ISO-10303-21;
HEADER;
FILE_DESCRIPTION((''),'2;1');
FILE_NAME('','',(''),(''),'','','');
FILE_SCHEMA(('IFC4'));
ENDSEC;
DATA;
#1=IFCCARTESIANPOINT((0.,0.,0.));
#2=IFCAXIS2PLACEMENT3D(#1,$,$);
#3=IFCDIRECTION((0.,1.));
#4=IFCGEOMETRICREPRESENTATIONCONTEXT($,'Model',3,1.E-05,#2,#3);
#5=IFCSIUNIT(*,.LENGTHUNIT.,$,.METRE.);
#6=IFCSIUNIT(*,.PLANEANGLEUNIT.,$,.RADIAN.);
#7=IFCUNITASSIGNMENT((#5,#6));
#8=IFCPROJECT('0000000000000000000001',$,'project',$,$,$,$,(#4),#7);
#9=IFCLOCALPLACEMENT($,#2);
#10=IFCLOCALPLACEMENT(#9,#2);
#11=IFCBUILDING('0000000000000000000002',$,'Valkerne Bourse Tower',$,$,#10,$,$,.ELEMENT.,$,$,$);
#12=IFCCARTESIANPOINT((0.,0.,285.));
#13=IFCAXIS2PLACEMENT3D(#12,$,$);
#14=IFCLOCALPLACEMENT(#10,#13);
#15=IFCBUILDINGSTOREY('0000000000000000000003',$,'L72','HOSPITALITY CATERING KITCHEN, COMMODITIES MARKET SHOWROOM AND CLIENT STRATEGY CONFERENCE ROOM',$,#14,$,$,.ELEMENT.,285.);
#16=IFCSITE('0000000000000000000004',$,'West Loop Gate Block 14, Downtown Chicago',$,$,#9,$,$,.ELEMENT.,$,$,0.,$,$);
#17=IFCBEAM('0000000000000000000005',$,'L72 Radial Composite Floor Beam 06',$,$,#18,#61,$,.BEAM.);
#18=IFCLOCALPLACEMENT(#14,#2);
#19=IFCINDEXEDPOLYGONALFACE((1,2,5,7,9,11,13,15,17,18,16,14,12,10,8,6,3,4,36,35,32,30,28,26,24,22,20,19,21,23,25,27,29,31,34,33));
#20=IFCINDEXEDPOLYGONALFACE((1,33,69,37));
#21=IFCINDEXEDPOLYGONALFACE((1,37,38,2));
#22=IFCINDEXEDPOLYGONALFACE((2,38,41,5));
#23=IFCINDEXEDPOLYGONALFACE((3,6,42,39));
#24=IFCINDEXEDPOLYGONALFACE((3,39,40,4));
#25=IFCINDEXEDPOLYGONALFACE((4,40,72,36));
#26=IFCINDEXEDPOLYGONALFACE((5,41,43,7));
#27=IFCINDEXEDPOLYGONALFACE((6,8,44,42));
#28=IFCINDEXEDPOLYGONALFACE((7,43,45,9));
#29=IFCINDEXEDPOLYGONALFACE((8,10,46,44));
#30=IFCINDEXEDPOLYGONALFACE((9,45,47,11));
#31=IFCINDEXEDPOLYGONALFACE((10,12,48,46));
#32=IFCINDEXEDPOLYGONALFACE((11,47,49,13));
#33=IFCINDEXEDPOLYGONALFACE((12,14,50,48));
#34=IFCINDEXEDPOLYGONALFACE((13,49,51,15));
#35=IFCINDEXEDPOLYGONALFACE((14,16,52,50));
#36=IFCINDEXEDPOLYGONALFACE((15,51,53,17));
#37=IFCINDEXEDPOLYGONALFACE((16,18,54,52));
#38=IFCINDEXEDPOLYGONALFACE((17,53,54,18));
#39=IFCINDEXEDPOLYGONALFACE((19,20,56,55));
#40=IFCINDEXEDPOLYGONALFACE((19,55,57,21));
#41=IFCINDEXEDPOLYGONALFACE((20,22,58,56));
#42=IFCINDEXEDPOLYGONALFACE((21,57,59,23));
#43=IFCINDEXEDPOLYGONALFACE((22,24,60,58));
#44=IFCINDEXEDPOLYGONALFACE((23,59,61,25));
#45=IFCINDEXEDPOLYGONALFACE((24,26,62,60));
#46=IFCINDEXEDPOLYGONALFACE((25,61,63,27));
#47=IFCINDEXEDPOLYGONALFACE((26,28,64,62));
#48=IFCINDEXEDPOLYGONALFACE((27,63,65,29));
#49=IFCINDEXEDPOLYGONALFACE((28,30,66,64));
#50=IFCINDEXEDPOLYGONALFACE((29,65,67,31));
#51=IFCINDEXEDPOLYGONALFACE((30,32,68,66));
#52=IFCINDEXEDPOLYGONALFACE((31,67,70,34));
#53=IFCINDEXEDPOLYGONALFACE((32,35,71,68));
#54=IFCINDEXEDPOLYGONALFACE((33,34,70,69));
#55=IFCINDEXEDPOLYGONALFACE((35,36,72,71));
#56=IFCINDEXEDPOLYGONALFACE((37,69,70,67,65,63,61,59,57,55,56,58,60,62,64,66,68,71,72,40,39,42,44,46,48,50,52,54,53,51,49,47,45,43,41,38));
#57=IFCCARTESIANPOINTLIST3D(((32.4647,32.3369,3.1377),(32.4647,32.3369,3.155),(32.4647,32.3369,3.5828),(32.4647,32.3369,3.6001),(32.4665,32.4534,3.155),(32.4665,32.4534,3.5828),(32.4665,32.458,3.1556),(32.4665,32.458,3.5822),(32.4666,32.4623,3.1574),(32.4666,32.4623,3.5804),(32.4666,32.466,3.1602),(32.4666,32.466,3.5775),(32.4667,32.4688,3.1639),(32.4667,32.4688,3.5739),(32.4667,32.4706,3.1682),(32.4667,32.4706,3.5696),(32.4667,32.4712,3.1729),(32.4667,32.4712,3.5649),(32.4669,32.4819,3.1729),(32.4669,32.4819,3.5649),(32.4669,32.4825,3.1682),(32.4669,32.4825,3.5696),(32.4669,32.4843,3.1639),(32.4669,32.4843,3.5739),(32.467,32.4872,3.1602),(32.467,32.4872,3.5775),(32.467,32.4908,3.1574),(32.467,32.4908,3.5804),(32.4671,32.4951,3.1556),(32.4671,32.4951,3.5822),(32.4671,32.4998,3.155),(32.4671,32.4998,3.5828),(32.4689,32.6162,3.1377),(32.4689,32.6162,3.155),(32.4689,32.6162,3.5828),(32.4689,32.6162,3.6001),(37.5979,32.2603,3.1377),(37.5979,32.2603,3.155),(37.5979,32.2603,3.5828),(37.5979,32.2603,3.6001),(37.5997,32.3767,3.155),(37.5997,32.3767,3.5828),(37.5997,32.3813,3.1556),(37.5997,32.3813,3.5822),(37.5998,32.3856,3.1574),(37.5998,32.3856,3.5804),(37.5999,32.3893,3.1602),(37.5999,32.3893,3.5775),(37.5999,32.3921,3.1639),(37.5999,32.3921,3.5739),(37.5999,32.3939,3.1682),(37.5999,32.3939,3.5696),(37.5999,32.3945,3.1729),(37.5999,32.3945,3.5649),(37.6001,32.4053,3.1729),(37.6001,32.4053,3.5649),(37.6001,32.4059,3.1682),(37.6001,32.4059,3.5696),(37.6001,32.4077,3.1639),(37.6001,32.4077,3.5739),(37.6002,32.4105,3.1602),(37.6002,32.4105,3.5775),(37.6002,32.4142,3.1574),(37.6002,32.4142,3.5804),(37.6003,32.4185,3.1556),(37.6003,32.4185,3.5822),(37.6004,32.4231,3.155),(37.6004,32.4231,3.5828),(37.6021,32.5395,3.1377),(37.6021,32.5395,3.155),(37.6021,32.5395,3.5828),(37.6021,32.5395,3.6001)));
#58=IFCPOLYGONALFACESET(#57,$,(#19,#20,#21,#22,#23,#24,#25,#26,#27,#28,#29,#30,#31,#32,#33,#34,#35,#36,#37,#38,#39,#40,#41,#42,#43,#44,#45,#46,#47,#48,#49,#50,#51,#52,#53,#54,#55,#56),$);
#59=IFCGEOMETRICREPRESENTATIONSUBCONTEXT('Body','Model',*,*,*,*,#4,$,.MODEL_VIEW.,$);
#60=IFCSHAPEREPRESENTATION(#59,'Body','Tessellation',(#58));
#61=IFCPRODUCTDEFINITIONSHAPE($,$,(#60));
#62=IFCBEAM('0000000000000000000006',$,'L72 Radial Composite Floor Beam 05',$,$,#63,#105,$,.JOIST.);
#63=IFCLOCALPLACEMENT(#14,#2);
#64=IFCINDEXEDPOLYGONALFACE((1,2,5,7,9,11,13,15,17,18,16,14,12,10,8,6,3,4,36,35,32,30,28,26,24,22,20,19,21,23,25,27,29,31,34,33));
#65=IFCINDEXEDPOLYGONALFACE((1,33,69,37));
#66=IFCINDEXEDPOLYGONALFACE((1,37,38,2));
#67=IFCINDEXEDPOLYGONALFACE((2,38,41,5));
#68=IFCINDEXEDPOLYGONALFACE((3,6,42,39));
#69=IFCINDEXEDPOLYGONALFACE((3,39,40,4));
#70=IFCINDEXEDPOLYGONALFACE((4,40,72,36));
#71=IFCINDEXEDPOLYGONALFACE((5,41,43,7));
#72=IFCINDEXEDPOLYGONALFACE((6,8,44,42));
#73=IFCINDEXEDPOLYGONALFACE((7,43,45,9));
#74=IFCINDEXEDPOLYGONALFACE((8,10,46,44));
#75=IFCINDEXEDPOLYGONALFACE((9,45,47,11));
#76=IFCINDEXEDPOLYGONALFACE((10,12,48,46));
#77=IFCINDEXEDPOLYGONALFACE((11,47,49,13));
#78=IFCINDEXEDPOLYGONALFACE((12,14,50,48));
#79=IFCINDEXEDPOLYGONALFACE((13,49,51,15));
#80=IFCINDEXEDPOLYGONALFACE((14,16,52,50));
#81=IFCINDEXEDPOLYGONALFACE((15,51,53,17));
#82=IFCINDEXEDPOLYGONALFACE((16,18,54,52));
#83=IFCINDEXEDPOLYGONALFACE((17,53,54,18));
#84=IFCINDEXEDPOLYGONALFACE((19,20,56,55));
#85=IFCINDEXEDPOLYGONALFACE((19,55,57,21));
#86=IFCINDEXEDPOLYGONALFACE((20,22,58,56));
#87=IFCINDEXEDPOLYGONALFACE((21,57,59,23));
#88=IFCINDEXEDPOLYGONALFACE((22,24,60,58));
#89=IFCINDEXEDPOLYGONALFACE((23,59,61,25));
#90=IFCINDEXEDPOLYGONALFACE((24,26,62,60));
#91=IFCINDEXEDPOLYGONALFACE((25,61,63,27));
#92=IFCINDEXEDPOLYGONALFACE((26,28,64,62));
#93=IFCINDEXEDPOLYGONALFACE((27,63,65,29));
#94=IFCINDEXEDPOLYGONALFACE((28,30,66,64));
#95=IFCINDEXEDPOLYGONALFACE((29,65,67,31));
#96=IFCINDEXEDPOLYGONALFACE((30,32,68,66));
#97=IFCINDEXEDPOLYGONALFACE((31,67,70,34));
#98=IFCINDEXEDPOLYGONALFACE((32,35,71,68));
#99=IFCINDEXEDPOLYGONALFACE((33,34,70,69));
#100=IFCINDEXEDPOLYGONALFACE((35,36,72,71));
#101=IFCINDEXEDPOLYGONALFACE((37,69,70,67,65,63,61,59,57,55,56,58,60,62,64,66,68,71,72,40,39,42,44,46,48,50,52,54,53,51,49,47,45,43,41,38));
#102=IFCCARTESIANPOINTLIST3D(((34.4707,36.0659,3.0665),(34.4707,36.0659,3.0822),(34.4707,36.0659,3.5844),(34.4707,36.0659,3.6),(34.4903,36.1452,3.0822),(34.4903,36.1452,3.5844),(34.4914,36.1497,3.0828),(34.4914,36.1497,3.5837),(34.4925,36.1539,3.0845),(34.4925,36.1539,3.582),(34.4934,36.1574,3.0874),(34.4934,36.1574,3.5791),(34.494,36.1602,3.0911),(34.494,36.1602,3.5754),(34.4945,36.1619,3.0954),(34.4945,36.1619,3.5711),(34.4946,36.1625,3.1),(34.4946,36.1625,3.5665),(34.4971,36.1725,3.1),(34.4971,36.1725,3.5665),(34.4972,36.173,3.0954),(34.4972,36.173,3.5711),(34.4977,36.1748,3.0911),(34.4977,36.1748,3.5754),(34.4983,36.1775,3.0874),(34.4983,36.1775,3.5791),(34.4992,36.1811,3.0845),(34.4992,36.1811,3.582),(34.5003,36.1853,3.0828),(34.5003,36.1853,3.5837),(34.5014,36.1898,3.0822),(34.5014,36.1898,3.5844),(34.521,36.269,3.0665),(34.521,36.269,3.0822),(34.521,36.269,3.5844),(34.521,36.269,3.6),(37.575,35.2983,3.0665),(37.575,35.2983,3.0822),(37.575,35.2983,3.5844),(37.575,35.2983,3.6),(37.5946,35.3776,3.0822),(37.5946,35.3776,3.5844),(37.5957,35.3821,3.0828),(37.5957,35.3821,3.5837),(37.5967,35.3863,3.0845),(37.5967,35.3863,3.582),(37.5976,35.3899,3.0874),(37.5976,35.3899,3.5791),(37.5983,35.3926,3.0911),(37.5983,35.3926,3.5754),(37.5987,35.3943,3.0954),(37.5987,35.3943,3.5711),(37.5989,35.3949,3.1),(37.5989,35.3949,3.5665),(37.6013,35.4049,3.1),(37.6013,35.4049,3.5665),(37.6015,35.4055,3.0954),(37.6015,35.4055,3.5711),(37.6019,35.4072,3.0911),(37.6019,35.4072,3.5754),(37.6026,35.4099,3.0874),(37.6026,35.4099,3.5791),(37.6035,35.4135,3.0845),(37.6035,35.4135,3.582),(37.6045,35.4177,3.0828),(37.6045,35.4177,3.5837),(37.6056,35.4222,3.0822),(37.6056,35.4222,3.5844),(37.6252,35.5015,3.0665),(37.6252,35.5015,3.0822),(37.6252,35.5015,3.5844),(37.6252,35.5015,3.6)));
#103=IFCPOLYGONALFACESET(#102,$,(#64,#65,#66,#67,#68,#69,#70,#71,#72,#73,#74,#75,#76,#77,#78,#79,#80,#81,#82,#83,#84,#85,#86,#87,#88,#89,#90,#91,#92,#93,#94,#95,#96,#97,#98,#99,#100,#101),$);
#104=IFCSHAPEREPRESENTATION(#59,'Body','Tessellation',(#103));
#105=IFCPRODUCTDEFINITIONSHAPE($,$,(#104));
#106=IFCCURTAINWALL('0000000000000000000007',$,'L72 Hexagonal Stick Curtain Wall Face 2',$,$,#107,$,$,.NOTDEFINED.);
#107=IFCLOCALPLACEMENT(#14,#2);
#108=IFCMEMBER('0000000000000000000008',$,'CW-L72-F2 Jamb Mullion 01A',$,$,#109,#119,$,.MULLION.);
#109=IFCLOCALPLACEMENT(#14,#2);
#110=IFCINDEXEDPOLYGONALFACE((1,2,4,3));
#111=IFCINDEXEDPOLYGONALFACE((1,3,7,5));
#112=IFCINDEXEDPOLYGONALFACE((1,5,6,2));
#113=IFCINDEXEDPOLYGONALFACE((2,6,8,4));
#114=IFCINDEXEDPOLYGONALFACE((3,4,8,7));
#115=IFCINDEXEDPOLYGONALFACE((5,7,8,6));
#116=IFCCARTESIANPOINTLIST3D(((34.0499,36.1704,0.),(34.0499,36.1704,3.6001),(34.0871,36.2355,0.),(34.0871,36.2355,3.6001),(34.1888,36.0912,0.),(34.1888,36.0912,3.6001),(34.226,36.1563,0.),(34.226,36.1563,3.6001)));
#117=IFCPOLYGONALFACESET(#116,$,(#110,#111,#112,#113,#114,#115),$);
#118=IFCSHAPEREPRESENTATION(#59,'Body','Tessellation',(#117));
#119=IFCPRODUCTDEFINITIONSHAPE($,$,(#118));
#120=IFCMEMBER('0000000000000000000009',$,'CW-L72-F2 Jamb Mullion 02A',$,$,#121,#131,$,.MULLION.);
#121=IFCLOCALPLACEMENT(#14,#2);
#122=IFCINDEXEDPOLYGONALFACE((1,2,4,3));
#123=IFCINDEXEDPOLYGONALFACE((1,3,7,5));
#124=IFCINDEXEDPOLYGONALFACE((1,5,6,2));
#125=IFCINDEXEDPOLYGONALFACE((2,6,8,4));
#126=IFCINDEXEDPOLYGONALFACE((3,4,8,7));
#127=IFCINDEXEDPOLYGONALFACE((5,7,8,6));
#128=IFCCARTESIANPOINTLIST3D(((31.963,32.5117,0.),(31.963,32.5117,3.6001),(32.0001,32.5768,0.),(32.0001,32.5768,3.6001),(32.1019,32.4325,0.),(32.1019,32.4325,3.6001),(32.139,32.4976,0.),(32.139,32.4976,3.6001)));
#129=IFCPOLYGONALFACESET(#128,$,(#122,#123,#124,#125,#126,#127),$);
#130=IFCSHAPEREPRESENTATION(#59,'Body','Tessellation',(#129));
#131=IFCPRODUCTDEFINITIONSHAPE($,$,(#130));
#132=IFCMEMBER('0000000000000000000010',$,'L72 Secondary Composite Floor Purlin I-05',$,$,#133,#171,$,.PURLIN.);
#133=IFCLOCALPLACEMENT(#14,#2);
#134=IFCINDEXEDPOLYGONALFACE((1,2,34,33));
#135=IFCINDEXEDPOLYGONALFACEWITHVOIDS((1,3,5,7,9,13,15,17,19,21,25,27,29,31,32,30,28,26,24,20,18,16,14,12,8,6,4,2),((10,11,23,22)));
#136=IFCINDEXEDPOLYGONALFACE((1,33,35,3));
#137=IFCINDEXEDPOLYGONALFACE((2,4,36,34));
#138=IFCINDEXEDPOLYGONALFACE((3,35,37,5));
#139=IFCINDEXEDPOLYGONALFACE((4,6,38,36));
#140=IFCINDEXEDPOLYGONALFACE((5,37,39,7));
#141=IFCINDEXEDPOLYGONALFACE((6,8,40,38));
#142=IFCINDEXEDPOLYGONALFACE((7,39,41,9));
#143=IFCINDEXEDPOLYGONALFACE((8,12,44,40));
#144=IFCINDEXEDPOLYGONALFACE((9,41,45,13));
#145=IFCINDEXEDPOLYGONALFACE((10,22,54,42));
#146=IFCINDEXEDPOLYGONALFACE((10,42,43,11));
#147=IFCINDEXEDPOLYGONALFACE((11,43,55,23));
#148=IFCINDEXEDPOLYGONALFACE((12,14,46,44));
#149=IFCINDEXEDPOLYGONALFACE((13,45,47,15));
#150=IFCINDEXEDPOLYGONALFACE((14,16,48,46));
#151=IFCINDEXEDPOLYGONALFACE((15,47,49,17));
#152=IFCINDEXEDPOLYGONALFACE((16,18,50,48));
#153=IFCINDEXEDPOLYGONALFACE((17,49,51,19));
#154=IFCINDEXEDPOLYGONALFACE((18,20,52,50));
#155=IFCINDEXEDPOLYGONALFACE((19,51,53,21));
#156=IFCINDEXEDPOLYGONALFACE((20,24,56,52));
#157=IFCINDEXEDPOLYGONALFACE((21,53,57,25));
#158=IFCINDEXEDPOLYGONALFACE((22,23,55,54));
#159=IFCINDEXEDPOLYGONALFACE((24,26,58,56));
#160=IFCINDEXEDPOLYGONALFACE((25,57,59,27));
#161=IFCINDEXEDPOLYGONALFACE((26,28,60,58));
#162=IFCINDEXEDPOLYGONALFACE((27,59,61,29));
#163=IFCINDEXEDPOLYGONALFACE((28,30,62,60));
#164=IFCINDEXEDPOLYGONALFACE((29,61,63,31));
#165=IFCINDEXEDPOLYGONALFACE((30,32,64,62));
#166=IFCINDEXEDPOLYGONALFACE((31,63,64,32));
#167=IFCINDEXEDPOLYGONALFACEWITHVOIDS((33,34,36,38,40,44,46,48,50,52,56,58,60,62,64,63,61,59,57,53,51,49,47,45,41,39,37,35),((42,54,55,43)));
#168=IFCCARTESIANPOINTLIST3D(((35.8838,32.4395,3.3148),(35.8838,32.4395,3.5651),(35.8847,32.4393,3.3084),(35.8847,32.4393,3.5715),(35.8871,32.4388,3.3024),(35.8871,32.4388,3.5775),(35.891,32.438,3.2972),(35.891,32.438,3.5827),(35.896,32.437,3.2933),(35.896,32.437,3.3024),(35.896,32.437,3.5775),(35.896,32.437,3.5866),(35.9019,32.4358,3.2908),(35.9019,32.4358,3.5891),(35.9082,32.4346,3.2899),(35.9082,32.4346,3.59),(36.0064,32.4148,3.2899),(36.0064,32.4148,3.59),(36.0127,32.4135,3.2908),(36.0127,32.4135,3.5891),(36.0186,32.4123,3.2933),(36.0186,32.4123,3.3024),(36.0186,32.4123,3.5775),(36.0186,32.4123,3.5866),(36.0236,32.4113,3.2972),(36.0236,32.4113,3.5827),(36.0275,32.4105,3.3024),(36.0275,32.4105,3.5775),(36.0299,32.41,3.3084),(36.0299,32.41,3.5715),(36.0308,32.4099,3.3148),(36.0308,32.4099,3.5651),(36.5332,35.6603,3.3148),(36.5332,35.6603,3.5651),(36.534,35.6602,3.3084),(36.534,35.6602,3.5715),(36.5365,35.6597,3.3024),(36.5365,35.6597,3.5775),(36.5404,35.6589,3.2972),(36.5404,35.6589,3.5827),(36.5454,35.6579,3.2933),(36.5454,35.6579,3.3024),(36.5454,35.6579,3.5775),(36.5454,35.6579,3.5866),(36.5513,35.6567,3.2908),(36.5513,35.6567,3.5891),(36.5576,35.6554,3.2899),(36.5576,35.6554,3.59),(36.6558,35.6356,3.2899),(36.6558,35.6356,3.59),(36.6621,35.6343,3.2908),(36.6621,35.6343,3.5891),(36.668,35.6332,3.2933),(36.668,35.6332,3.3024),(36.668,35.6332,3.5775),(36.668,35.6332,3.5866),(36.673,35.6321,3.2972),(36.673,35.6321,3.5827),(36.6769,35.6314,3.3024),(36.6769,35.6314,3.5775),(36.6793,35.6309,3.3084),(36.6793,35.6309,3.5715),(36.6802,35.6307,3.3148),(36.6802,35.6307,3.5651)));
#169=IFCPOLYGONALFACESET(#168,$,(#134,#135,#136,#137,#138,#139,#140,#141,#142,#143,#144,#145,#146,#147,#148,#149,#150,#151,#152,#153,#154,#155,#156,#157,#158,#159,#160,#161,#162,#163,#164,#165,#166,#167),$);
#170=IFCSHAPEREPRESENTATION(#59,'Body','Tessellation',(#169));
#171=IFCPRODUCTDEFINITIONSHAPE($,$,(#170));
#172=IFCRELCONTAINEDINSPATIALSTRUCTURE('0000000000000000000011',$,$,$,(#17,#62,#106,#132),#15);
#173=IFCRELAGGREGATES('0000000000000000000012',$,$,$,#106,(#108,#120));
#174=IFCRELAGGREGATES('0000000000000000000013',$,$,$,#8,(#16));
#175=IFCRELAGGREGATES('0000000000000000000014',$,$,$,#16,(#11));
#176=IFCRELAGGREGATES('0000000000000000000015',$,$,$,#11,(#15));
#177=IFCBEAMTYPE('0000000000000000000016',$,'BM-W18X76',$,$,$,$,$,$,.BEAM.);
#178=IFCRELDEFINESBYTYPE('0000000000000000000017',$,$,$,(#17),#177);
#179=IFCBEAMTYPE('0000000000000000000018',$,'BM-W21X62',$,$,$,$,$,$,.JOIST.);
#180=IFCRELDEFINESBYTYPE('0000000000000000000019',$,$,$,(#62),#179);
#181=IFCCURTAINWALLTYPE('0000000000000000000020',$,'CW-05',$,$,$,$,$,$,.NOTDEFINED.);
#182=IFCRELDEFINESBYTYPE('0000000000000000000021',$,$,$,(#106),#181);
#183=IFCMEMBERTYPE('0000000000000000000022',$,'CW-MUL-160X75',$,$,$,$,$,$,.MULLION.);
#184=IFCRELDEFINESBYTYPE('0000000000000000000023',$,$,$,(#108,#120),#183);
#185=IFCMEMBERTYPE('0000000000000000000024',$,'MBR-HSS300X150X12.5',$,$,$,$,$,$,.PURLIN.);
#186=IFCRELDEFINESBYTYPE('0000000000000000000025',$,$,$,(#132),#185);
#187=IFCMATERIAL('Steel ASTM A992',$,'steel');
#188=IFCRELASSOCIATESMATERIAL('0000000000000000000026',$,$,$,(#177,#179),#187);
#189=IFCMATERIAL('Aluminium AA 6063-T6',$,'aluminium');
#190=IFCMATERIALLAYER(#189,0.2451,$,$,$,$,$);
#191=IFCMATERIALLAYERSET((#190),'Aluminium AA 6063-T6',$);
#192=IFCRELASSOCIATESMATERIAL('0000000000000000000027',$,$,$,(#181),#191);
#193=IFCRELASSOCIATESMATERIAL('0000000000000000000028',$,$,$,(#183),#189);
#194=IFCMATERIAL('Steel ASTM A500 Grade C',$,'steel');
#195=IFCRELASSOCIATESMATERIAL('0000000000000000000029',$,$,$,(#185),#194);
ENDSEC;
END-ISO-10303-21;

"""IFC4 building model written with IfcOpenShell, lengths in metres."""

from ifc_helpers import new_model, si_unit, direction, frame, origin, origin_2d, place, context, subcontext, project, spatial, rectangle, hollow_rectangle, i_section, extrude, material, layer, layer_set, material_profile, profile_set, type_object, element, aggregate, save


model = new_model("IFC4")

# Units and contexts
model_context = context("Model", 3, precision=1e-05, world=origin(), true_north=direction((0.0, 1.0)))
body_context = subcontext(model_context, "Body", "Model", "MODEL_VIEW")
ifc_project = project(units=[si_unit("LENGTHUNIT", "METRE"), si_unit("PLANEANGLEUNIT", "RADIAN")], contexts=[model_context])

# Site, building, storey
site_placement = place(None, origin())
site = spatial("IfcSite", under=ifc_project, at=site_placement, Name="West Loop Gate Block 14, Downtown Chicago", CompositionType="ELEMENT", RefElevation=0.0)
building_placement = place(site_placement, origin())
building = spatial("IfcBuilding", under=site, at=building_placement, Name="Valkerne Bourse Tower", CompositionType="ELEMENT")
storey_placement = place(building_placement, frame((0.0, 0.0, 285.0)))
storey = spatial("IfcBuildingStorey", under=building, at=storey_placement, Name="L72", Description="HOSPITALITY CATERING KITCHEN, COMMODITIES MARKET SHOWROOM AND CLIENT STRATEGY CONFERENCE ROOM", CompositionType="ELEMENT", Elevation=285.0)

# Beams
ifc_material_1 = material(Name="Steel ASTM A992", Category="steel")
ifc_material_profile_1 = material_profile(ifc_material_1, i_section(OverallWidth=0.2793, OverallDepth=0.4624, WebThickness=0.0107, FlangeThickness=0.0173, FilletRadius=0.0178, at=origin_2d()), Name="W18X76")
ifc_profile_set_1 = profile_set([ifc_material_profile_1], Name="Steel ASTM A992")
beam_type_1 = type_object("IfcBeamType", Name="BM-W18X76", PredefinedType="BEAM", material=ifc_profile_set_1)
beam_1_placement = place(storey_placement, frame((32.4668, 32.4766, 3.3689), z_axis=(0.999889, -0.014932, 0.0), x_axis=(0.014932, 0.999889, 0.0)))
element("IfcBeam", 1, at=beam_1_placement, inside=storey, type_object=beam_type_1, Name="L72 Radial Composite Floor Beam 06", PredefinedType="BEAM", context=body_context, shape_type="SweptSolid", body=[
    extrude(i_section(OverallWidth=0.2793, OverallDepth=0.4624, WebThickness=0.0107, FlangeThickness=0.0173, FilletRadius=0.0178, at=origin_2d()), origin(), (0.0, 0.0, 1.0), 5.1338),
])
ifc_material_profile_2 = material_profile(ifc_material_1, i_section(OverallWidth=0.2092, OverallDepth=0.5334, WebThickness=0.0103, FlangeThickness=0.0156, FilletRadius=0.0178, at=origin_2d()), Name="W21X62")
ifc_profile_set_2 = profile_set([ifc_material_profile_2], Name="Steel ASTM A992")
beam_type_2 = type_object("IfcBeamType", Name="BM-W21X62", PredefinedType="JOIST", material=ifc_profile_set_2)
beam_2_placement = place(storey_placement, frame((34.4958, 36.1675, 3.3333), z_axis=(0.970764, -0.240038, 0.0), x_axis=(0.240038, 0.970764, 0.0)))
element("IfcBeam", 2, at=beam_2_placement, inside=storey, type_object=beam_type_2, Name="L72 Radial Composite Floor Beam 05", PredefinedType="JOIST", context=body_context, shape_type="SweptSolid", body=[
    extrude(i_section(OverallWidth=0.2092, OverallDepth=0.5334, WebThickness=0.0103, FlangeThickness=0.0156, FilletRadius=0.0178, at=origin_2d()), origin(), (0.0, 0.0, 1.0), 3.1978),
])

# Curtain wall, members
ifc_material_2 = material(Name="Aluminium AA 6063-T6", Category="aluminium")
ifc_layer_1 = layer(ifc_material_2, 0.2451)
ifc_layer_set_1 = layer_set([ifc_layer_1], Name="Aluminium AA 6063-T6")
curtain_wall_type = type_object("IfcCurtainWallType", Name="CW-05", PredefinedType="NOTDEFINED", material=ifc_layer_set_1)
curtain_wall_placement = place(storey_placement, origin())
curtain_wall = element("IfcCurtainWall", 3, at=curtain_wall_placement, inside=storey, type_object=curtain_wall_type, Name="L72 Hexagonal Stick Curtain Wall Face 2", PredefinedType="NOTDEFINED")
ifc_material_profile_3 = material_profile(ifc_material_2, rectangle(XDim=0.075, YDim=0.1599, at=origin_2d()), Name="CWM-75X160")
ifc_profile_set_3 = profile_set([ifc_material_profile_3], Name="Aluminium AA 6063-T6")
member_type_1 = type_object("IfcMemberType", Name="CW-MUL-160X75", PredefinedType="MULLION", material=ifc_profile_set_3)
member_1_placement = place(storey_placement, frame((34.1379, 36.1633, 0.0), z_axis=(0.0, 0.0, 1.0), x_axis=(-0.495443, -0.86864, 0.0)))
member_1 = element("IfcMember", 4, at=member_1_placement, type_object=member_type_1, Name="CW-L72-F2 Jamb Mullion 01A", PredefinedType="MULLION", context=body_context, shape_type="SweptSolid", body=[
    extrude(rectangle(XDim=0.075, YDim=0.1599, at=origin_2d()), origin(), (0.0, 0.0, 1.0), 3.6001),
])
member_2_placement = place(storey_placement, frame((32.051, 32.5046, 0.0), z_axis=(0.0, 0.0, 1.0), x_axis=(-0.495461, -0.86863, 0.0)))
member_2 = element("IfcMember", 5, at=member_2_placement, type_object=member_type_1, Name="CW-L72-F2 Jamb Mullion 02A", PredefinedType="MULLION", context=body_context, shape_type="SweptSolid", body=[
    extrude(rectangle(XDim=0.075, YDim=0.1599, at=origin_2d()), origin(), (0.0, 0.0, 1.0), 3.6001),
])

# Member
ifc_material_3 = material(Name="Steel ASTM A500 Grade C", Category="steel")
ifc_material_profile_4 = material_profile(ifc_material_3, hollow_rectangle(XDim=0.1499, YDim=0.3, WallThickness=0.0125, OuterFilletRadius=0.0249, at=origin_2d()), Name="HSS300X150X12.5")
ifc_profile_set_4 = profile_set([ifc_material_profile_4], Name="Steel ASTM A500 Grade C")
member_type_2 = type_object("IfcMemberType", Name="MBR-HSS300X150X12.5", PredefinedType="PURLIN", material=ifc_profile_set_4)
member_3_placement = place(storey_placement, frame((36.6067, 35.6455, 3.4399), z_axis=(-0.197645, -0.980274, 0.0), x_axis=(0.980274, -0.197645, 0.0)))
element("IfcMember", 6, at=member_3_placement, inside=storey, type_object=member_type_2, Name="L72 Secondary Composite Floor Purlin I-05", PredefinedType="PURLIN", context=body_context, shape_type="SweptSolid", body=[
    extrude(hollow_rectangle(XDim=0.1499, YDim=0.3, WallThickness=0.0125, OuterFilletRadius=0.0249, at=origin_2d()), origin(), (0.0, 0.0, 1.0), 3.2856),
])

aggregate(curtain_wall, [member_1, member_2])

save(model, "model.ifc")
